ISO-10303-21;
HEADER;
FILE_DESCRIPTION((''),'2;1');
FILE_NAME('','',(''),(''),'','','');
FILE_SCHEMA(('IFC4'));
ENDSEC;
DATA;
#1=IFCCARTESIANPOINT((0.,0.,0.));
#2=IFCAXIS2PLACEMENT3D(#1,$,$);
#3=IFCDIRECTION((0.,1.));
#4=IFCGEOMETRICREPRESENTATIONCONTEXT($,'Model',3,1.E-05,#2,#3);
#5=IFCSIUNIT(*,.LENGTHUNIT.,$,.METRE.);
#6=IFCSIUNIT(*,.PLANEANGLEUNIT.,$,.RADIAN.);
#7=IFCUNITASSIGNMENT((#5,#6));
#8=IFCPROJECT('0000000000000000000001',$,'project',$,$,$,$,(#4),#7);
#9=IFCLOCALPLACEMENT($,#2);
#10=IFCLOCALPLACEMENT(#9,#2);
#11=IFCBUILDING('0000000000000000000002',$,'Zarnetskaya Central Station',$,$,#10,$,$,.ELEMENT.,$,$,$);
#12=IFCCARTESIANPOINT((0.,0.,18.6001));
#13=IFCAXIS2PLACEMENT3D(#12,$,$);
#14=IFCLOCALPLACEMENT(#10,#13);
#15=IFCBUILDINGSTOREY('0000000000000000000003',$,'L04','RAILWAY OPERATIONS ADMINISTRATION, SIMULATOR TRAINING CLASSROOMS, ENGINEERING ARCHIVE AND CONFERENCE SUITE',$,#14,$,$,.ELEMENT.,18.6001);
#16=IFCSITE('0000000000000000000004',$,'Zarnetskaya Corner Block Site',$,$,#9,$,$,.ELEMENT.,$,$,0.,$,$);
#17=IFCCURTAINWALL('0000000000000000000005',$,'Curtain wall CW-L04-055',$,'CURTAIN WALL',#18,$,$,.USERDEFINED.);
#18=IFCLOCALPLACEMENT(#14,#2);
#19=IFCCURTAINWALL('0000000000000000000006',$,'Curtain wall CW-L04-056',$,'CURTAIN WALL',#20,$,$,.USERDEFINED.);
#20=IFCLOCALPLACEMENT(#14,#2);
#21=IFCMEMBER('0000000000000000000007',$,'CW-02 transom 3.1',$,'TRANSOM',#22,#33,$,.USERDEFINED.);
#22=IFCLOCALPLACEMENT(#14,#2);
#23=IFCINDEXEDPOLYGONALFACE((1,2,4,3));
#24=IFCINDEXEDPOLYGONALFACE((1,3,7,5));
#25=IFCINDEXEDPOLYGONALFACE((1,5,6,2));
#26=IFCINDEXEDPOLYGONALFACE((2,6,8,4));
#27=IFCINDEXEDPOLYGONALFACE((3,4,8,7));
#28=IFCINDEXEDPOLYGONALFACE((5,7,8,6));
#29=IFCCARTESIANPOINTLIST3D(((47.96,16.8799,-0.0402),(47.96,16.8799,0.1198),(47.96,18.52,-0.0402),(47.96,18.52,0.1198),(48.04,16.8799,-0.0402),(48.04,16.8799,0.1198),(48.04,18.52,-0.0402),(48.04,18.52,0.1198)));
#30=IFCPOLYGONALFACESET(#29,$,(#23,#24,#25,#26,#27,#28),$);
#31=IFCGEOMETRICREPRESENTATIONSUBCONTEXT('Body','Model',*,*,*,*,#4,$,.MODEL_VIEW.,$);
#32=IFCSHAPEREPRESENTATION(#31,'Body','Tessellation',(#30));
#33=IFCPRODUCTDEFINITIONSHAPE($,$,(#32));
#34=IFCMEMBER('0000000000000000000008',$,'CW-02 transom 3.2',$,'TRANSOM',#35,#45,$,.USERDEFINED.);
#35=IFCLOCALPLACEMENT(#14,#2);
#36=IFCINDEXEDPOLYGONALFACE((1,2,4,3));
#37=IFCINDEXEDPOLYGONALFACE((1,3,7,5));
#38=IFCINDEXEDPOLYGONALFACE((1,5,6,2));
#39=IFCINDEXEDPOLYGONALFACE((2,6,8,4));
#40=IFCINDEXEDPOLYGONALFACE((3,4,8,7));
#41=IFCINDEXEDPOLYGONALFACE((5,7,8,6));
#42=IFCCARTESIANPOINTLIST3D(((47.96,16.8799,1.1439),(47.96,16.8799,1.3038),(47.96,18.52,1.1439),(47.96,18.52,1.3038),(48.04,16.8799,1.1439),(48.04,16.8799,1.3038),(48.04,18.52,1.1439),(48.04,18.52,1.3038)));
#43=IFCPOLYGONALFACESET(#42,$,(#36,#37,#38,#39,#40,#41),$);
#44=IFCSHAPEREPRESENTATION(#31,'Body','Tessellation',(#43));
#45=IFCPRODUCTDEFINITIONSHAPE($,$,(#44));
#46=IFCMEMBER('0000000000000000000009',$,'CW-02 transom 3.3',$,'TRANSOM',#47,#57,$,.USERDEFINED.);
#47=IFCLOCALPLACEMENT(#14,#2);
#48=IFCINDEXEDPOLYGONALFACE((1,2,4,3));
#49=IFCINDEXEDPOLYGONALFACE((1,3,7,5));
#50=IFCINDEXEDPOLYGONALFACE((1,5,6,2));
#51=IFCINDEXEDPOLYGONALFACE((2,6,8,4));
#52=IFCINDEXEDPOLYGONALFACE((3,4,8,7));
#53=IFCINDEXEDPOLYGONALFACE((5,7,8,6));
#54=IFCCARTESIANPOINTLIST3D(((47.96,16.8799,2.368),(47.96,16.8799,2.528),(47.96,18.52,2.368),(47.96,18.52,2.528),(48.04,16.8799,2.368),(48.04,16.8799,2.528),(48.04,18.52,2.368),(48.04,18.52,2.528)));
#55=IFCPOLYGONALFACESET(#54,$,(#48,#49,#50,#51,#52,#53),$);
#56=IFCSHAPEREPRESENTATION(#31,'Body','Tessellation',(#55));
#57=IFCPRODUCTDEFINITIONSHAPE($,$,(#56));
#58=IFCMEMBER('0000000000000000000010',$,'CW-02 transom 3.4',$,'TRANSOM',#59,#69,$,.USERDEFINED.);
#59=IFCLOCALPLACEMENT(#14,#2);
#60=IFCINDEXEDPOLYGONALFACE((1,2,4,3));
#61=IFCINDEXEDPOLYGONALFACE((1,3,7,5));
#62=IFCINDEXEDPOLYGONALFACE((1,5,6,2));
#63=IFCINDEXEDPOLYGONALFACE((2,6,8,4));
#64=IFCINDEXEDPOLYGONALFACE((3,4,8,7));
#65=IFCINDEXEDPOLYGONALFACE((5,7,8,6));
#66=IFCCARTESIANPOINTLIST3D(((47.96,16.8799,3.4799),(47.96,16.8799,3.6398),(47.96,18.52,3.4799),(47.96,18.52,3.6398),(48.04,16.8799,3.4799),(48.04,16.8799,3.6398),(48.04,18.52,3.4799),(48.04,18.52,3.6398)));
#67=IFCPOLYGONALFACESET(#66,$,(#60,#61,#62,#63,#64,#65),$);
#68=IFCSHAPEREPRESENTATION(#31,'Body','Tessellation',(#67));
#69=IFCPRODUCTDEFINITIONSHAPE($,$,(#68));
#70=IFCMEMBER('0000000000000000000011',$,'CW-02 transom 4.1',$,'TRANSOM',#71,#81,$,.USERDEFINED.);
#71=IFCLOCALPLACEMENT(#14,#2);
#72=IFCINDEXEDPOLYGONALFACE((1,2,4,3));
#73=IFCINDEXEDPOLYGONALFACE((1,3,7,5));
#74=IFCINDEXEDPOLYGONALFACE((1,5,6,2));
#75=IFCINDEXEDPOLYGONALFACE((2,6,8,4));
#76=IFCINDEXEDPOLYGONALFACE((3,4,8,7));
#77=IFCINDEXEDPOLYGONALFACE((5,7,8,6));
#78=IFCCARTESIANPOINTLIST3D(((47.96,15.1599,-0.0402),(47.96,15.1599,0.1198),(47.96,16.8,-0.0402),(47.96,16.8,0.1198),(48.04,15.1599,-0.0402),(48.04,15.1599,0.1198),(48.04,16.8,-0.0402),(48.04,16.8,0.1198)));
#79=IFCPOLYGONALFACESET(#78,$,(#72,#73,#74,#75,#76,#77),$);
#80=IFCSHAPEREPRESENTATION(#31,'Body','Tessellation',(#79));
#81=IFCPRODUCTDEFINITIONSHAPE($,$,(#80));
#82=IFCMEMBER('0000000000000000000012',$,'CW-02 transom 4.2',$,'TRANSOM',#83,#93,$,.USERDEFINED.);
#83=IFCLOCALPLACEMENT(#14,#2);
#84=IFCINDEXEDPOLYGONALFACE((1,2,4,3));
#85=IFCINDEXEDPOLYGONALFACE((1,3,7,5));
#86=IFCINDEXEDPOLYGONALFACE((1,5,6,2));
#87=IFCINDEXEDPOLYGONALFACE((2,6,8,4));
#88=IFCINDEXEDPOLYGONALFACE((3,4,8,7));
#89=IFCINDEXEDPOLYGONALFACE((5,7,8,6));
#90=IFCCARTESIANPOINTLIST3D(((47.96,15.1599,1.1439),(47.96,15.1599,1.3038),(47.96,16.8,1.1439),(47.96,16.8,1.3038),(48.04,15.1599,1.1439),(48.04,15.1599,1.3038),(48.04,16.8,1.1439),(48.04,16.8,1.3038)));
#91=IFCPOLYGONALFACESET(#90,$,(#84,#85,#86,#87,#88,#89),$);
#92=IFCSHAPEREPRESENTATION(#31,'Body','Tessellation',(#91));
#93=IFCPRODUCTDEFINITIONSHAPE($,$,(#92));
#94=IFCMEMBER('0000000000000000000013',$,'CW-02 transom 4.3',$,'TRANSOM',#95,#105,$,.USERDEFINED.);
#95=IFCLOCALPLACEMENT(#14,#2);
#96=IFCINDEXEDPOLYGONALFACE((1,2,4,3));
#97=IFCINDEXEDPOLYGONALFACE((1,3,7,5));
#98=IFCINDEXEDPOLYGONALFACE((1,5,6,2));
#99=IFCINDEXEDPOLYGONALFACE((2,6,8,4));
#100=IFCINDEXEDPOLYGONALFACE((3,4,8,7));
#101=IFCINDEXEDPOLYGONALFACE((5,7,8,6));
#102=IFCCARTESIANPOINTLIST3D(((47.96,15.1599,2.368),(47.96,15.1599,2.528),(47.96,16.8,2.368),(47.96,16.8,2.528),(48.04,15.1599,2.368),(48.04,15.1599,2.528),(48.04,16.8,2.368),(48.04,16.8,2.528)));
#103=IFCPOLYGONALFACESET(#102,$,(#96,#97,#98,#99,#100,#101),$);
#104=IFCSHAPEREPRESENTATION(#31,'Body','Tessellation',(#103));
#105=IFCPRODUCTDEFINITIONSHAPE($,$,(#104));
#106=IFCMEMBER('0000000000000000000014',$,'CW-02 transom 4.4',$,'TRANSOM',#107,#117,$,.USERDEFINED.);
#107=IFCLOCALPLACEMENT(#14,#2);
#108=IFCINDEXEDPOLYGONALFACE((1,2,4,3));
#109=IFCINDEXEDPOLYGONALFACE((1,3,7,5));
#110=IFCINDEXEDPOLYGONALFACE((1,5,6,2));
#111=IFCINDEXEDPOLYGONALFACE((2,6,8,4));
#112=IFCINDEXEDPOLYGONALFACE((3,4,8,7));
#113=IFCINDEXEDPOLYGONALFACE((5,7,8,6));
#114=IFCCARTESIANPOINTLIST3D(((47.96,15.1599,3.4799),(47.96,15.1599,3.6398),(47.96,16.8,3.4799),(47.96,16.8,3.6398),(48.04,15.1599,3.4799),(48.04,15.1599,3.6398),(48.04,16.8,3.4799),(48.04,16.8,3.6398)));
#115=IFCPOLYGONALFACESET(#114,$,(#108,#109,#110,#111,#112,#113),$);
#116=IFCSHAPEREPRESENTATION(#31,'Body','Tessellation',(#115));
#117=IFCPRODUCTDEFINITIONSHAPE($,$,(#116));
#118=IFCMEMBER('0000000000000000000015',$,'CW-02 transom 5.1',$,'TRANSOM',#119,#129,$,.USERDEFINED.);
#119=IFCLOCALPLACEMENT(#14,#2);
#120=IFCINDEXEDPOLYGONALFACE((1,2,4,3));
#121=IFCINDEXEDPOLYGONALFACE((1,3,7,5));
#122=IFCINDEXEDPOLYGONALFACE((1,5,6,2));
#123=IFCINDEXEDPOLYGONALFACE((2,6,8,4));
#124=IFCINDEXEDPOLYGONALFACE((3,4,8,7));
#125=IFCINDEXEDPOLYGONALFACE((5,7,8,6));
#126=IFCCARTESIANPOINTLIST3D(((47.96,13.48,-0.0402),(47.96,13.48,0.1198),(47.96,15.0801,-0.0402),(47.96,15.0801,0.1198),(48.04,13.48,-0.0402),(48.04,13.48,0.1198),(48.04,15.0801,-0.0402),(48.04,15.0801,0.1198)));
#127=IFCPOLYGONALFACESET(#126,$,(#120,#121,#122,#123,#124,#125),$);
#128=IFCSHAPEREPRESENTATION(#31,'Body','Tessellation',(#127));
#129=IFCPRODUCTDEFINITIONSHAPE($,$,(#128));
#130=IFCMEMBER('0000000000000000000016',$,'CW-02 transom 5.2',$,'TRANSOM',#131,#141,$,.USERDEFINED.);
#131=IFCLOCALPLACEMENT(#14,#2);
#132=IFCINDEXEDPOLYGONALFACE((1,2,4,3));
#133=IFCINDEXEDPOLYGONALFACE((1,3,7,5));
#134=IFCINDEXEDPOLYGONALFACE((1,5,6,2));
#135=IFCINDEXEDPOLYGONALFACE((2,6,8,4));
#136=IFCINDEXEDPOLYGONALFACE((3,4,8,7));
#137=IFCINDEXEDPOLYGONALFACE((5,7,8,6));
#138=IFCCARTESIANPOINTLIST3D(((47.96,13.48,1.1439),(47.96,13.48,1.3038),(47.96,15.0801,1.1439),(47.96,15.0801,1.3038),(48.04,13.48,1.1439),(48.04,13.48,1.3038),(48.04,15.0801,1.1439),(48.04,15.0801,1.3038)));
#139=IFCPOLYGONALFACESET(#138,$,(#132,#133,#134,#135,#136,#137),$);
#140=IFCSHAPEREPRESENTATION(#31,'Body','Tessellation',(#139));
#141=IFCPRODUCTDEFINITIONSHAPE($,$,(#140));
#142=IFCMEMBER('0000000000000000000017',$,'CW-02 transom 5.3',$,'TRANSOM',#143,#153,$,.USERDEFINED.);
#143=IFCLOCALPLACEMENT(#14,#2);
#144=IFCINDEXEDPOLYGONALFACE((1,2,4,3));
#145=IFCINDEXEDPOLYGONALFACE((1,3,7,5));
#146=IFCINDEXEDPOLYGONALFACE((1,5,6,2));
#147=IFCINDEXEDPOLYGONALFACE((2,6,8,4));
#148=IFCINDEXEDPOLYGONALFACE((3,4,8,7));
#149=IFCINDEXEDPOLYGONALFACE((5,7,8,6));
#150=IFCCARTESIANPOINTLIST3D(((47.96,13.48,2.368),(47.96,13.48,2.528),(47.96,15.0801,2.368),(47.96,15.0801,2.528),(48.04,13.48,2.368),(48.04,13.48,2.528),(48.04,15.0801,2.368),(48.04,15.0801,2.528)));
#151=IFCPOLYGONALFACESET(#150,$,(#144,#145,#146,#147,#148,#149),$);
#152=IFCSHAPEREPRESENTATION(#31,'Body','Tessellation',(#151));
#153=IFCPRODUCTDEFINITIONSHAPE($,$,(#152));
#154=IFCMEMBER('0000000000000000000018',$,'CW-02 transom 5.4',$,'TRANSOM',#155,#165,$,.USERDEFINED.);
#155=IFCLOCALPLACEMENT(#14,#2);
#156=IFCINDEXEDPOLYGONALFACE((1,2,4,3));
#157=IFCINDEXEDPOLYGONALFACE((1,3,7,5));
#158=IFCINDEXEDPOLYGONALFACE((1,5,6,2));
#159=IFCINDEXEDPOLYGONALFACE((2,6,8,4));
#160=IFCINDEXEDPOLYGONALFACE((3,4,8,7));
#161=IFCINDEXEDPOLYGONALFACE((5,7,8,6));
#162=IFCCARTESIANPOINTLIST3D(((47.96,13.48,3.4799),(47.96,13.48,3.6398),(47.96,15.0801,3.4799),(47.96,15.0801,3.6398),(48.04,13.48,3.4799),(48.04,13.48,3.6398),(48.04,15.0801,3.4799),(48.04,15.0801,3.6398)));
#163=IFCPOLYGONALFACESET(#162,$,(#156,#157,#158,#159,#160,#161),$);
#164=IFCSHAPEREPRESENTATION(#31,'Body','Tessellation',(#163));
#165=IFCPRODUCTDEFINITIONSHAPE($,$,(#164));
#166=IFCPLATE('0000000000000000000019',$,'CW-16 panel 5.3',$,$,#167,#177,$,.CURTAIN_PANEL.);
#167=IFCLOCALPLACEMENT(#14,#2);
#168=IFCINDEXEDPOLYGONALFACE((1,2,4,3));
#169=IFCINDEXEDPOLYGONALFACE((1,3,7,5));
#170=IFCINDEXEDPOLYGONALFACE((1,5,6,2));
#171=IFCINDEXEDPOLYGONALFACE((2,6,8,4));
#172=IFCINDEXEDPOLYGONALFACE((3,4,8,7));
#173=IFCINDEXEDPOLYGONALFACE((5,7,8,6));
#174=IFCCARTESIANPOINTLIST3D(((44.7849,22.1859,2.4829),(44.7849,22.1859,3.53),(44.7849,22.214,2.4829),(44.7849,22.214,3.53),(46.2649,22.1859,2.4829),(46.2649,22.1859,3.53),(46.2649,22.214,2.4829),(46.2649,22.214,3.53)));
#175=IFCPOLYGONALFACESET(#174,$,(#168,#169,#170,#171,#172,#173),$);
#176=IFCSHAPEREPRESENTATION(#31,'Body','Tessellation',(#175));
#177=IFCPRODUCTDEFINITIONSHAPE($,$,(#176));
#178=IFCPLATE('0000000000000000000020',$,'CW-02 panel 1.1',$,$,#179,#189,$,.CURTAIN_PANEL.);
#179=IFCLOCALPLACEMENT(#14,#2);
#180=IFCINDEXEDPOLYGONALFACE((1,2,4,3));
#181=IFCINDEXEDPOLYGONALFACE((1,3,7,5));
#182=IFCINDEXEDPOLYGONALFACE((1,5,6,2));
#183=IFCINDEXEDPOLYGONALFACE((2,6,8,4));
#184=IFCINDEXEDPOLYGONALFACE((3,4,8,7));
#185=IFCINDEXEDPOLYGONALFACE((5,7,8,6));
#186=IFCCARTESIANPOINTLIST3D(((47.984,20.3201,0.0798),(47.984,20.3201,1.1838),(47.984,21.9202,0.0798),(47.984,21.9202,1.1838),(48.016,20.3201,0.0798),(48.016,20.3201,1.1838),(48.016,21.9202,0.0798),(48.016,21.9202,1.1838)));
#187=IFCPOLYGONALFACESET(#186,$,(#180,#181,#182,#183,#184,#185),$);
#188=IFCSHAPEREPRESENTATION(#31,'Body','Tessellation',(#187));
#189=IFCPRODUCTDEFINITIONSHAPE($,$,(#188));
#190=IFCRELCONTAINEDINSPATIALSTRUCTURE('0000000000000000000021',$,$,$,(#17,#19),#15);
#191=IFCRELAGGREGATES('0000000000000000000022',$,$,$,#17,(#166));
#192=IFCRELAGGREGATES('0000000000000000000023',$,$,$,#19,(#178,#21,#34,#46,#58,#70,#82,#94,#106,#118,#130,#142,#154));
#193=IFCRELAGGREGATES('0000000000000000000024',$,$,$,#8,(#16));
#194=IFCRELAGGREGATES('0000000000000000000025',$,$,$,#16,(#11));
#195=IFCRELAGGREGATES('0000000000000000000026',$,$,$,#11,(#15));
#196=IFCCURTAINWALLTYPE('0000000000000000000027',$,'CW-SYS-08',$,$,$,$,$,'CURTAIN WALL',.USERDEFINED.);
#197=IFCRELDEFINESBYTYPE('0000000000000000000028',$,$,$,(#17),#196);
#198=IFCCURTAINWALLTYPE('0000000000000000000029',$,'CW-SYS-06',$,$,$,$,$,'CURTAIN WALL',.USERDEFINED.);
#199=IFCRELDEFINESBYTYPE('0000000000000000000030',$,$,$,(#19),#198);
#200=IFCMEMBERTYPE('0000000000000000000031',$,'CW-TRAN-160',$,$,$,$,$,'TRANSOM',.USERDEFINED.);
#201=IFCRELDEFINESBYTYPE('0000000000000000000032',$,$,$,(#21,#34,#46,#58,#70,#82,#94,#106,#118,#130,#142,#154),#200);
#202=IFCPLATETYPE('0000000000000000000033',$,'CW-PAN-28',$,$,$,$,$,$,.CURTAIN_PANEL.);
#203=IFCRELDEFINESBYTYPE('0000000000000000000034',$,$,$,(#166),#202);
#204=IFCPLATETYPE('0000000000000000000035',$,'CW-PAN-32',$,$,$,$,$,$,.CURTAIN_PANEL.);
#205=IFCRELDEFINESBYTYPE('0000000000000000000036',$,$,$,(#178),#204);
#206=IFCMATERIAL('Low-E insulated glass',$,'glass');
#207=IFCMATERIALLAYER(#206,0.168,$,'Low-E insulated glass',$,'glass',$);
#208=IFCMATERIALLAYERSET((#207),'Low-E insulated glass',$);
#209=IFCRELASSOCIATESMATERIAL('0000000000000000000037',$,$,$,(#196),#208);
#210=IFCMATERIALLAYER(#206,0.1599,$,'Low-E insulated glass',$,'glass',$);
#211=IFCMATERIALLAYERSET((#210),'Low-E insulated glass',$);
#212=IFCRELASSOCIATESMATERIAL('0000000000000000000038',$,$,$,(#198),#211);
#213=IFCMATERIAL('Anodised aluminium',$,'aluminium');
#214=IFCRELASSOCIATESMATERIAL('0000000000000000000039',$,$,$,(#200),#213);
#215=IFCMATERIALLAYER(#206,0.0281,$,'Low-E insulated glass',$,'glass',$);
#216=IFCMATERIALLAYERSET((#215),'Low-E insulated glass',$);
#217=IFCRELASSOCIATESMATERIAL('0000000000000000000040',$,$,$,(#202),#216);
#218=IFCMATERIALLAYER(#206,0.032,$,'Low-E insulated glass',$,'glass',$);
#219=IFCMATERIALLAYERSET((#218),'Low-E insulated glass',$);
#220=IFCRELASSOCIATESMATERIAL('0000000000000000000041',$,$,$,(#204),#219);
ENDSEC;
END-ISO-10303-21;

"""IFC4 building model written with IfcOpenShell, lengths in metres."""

from ifc_helpers import new_model, si_unit, direction, frame, origin, origin_2d, place, context, subcontext, project, spatial, rectangle, extrude, material, layer, layer_set, material_profile, profile_set, type_object, element, aggregate, save


model = new_model("IFC4")

# Units and contexts
model_context = context("Model", 3, precision=1e-05, world=origin(), true_north=direction((0.0, 1.0)))
body_context = subcontext(model_context, "Body", "Model", "MODEL_VIEW")
ifc_project = project(units=[si_unit("LENGTHUNIT", "METRE"), si_unit("PLANEANGLEUNIT", "RADIAN")], contexts=[model_context])

# Site, building, storey
site_placement = place(None, origin())
site = spatial("IfcSite", under=ifc_project, at=site_placement, Name="Zarnetskaya Corner Block Site", CompositionType="ELEMENT", RefElevation=0.0)
building_placement = place(site_placement, origin())
building = spatial("IfcBuilding", under=site, at=building_placement, Name="Zarnetskaya Central Station", CompositionType="ELEMENT")
storey_placement = place(building_placement, frame((0.0, 0.0, 18.6001)))
storey = spatial("IfcBuildingStorey", under=building, at=storey_placement, Name="L04", Description="RAILWAY OPERATIONS ADMINISTRATION, SIMULATOR TRAINING CLASSROOMS, ENGINEERING ARCHIVE AND CONFERENCE SUITE", CompositionType="ELEMENT", Elevation=18.6001)

# Curtain wall
ifc_material_1 = material(Name="Low-E insulated glass", Category="glass")
ifc_layer_1 = layer(ifc_material_1, 0.168, Name="Low-E insulated glass", Category="glass")
ifc_layer_set_1 = layer_set([ifc_layer_1], Name="Low-E insulated glass")
curtain_wall_type_1 = type_object("IfcCurtainWallType", Name="CW-SYS-08", ElementType="CURTAIN WALL", PredefinedType="USERDEFINED", material=ifc_layer_set_1)
curtain_wall_1_placement = place(storey_placement, origin())
curtain_wall_1 = element("IfcCurtainWall", 1, at=curtain_wall_1_placement, inside=storey, type_object=curtain_wall_type_1, Name="Curtain wall CW-L04-055", ObjectType="CURTAIN WALL", PredefinedType="USERDEFINED")
ifc_material_2 = material(Name="Anodised aluminium", Category="aluminium")

# Curtain wall, members
ifc_layer_2 = layer(ifc_material_1, 0.1599, Name="Low-E insulated glass", Category="glass")
ifc_layer_set_2 = layer_set([ifc_layer_2], Name="Low-E insulated glass")
curtain_wall_type_2 = type_object("IfcCurtainWallType", Name="CW-SYS-06", ElementType="CURTAIN WALL", PredefinedType="USERDEFINED", material=ifc_layer_set_2)
curtain_wall_2_placement = place(storey_placement, origin())
curtain_wall_2 = element("IfcCurtainWall", 2, at=curtain_wall_2_placement, inside=storey, type_object=curtain_wall_type_2, Name="Curtain wall CW-L04-056", ObjectType="CURTAIN WALL", PredefinedType="USERDEFINED")
ifc_material_profile_1 = material_profile(ifc_material_2, rectangle(XDim=0.0801, YDim=0.1599, at=origin_2d()), Name="ALU TRAN 80x160")
ifc_profile_set_1 = profile_set([ifc_material_profile_1], Name="Anodised aluminium")
member_type_1 = type_object("IfcMemberType", Name="CW-TRAN-160", ElementType="TRANSOM", PredefinedType="USERDEFINED", material=ifc_profile_set_1)
member_1_placement = place(storey_placement, frame((48.0, 18.52, 0.0398), z_axis=(0.0, -1.0, 0.0), x_axis=(1.0, 0.0, 0.0)))
member_1 = element("IfcMember", 3, at=member_1_placement, type_object=member_type_1, Name="CW-02 transom 3.1", ObjectType="TRANSOM", PredefinedType="USERDEFINED", context=body_context, shape_type="SweptSolid", body=[
    extrude(rectangle(XDim=0.0801, YDim=0.1599, at=origin_2d()), origin(), (0.0, 0.0, 1.0), 1.6401),
])
member_2_placement = place(storey_placement, frame((48.0, 18.52, 1.2239), z_axis=(0.0, -1.0, 0.0), x_axis=(1.0, 0.0, 0.0)))
member_2 = element("IfcMember", 4, at=member_2_placement, type_object=member_type_1, Name="CW-02 transom 3.2", ObjectType="TRANSOM", PredefinedType="USERDEFINED", context=body_context, shape_type="SweptSolid", body=[
    extrude(rectangle(XDim=0.0801, YDim=0.1599, at=origin_2d()), origin(), (0.0, 0.0, 1.0), 1.6401),
])
member_3_placement = place(storey_placement, frame((48.0, 18.52, 2.448), z_axis=(0.0, -1.0, 0.0), x_axis=(1.0, 0.0, 0.0)))
member_3 = element("IfcMember", 5, at=member_3_placement, type_object=member_type_1, Name="CW-02 transom 3.3", ObjectType="TRANSOM", PredefinedType="USERDEFINED", context=body_context, shape_type="SweptSolid", body=[
    extrude(rectangle(XDim=0.0801, YDim=0.1599, at=origin_2d()), origin(), (0.0, 0.0, 1.0), 1.6401),
])
member_4_placement = place(storey_placement, frame((48.0, 18.52, 3.5598), z_axis=(0.0, -1.0, 0.0), x_axis=(1.0, 0.0, 0.0)))
member_4 = element("IfcMember", 6, at=member_4_placement, type_object=member_type_1, Name="CW-02 transom 3.4", ObjectType="TRANSOM", PredefinedType="USERDEFINED", context=body_context, shape_type="SweptSolid", body=[
    extrude(rectangle(XDim=0.0801, YDim=0.1599, at=origin_2d()), origin(), (0.0, 0.0, 1.0), 1.6401),
])
member_5_placement = place(storey_placement, frame((48.0, 16.8, 0.0398), z_axis=(0.0, -1.0, 0.0), x_axis=(1.0, 0.0, 0.0)))
member_5 = element("IfcMember", 7, at=member_5_placement, type_object=member_type_1, Name="CW-02 transom 4.1", ObjectType="TRANSOM", PredefinedType="USERDEFINED", context=body_context, shape_type="SweptSolid", body=[
    extrude(rectangle(XDim=0.0801, YDim=0.1599, at=origin_2d()), origin(), (0.0, 0.0, 1.0), 1.6401),
])
member_6_placement = place(storey_placement, frame((48.0, 16.8, 1.2239), z_axis=(0.0, -1.0, 0.0), x_axis=(1.0, 0.0, 0.0)))
member_6 = element("IfcMember", 8, at=member_6_placement, type_object=member_type_1, Name="CW-02 transom 4.2", ObjectType="TRANSOM", PredefinedType="USERDEFINED", context=body_context, shape_type="SweptSolid", body=[
    extrude(rectangle(XDim=0.0801, YDim=0.1599, at=origin_2d()), origin(), (0.0, 0.0, 1.0), 1.6401),
])
member_7_placement = place(storey_placement, frame((48.0, 16.8, 2.448), z_axis=(0.0, -1.0, 0.0), x_axis=(1.0, 0.0, 0.0)))
member_7 = element("IfcMember", 9, at=member_7_placement, type_object=member_type_1, Name="CW-02 transom 4.3", ObjectType="TRANSOM", PredefinedType="USERDEFINED", context=body_context, shape_type="SweptSolid", body=[
    extrude(rectangle(XDim=0.0801, YDim=0.1599, at=origin_2d()), origin(), (0.0, 0.0, 1.0), 1.6401),
])
member_8_placement = place(storey_placement, frame((48.0, 16.8, 3.5598), z_axis=(0.0, -1.0, 0.0), x_axis=(1.0, 0.0, 0.0)))
member_8 = element("IfcMember", 10, at=member_8_placement, type_object=member_type_1, Name="CW-02 transom 4.4", ObjectType="TRANSOM", PredefinedType="USERDEFINED", context=body_context, shape_type="SweptSolid", body=[
    extrude(rectangle(XDim=0.0801, YDim=0.1599, at=origin_2d()), origin(), (0.0, 0.0, 1.0), 1.6401),
])
member_9_placement = place(storey_placement, frame((48.0, 15.0801, 0.0398), z_axis=(0.0, -1.0, 0.0), x_axis=(1.0, 0.0, 0.0)))
member_9 = element("IfcMember", 11, at=member_9_placement, type_object=member_type_1, Name="CW-02 transom 5.1", ObjectType="TRANSOM", PredefinedType="USERDEFINED", context=body_context, shape_type="SweptSolid", body=[
    extrude(rectangle(XDim=0.0801, YDim=0.1599, at=origin_2d()), origin(), (0.0, 0.0, 1.0), 1.6001),
])
member_10_placement = place(storey_placement, frame((48.0, 15.0801, 1.2239), z_axis=(0.0, -1.0, 0.0), x_axis=(1.0, 0.0, 0.0)))
member_10 = element("IfcMember", 12, at=member_10_placement, type_object=member_type_1, Name="CW-02 transom 5.2", ObjectType="TRANSOM", PredefinedType="USERDEFINED", context=body_context, shape_type="SweptSolid", body=[
    extrude(rectangle(XDim=0.0801, YDim=0.1599, at=origin_2d()), origin(), (0.0, 0.0, 1.0), 1.6001),
])
member_11_placement = place(storey_placement, frame((48.0, 15.0801, 2.448), z_axis=(0.0, -1.0, 0.0), x_axis=(1.0, 0.0, 0.0)))
member_11 = element("IfcMember", 13, at=member_11_placement, type_object=member_type_1, Name="CW-02 transom 5.3", ObjectType="TRANSOM", PredefinedType="USERDEFINED", context=body_context, shape_type="SweptSolid", body=[
    extrude(rectangle(XDim=0.0801, YDim=0.1599, at=origin_2d()), origin(), (0.0, 0.0, 1.0), 1.6001),
])
member_12_placement = place(storey_placement, frame((48.0, 15.0801, 3.5598), z_axis=(0.0, -1.0, 0.0), x_axis=(1.0, 0.0, 0.0)))
member_12 = element("IfcMember", 14, at=member_12_placement, type_object=member_type_1, Name="CW-02 transom 5.4", ObjectType="TRANSOM", PredefinedType="USERDEFINED", context=body_context, shape_type="SweptSolid", body=[
    extrude(rectangle(XDim=0.0801, YDim=0.1599, at=origin_2d()), origin(), (0.0, 0.0, 1.0), 1.6001),
])

# Plates
ifc_layer_3 = layer(ifc_material_1, 0.0281, Name="Low-E insulated glass", Category="glass")
ifc_layer_set_3 = layer_set([ifc_layer_3], Name="Low-E insulated glass")
plate_type_1 = type_object("IfcPlateType", Name="CW-PAN-28", PredefinedType="CURTAIN_PANEL", material=ifc_layer_set_3)
plate_1_placement = place(storey_placement, frame((45.5249, 22.2, 2.4829), z_axis=(0.0, 0.0, 1.0), x_axis=(1.0, 0.0, 0.0)))
plate_1 = element("IfcPlate", 15, at=plate_1_placement, type_object=plate_type_1, Name="CW-16 panel 5.3", PredefinedType="CURTAIN_PANEL", context=body_context, shape_type="SweptSolid", body=[
    extrude(rectangle(XDim=1.48, YDim=0.0281, at=origin_2d()), origin(), (0.0, 0.0, 1.0), 1.0471),
])
aggregate(curtain_wall_1, [plate_1])
ifc_layer_4 = layer(ifc_material_1, 0.032, Name="Low-E insulated glass", Category="glass")
ifc_layer_set_4 = layer_set([ifc_layer_4], Name="Low-E insulated glass")
plate_type_2 = type_object("IfcPlateType", Name="CW-PAN-32", PredefinedType="CURTAIN_PANEL", material=ifc_layer_set_4)
plate_2_placement = place(storey_placement, frame((48.0, 21.1201, 0.0798), z_axis=(0.0, 0.0, 1.0), x_axis=(0.0, -1.0, 0.0)))
plate_2 = element("IfcPlate", 16, at=plate_2_placement, type_object=plate_type_2, Name="CW-02 panel 1.1", PredefinedType="CURTAIN_PANEL", context=body_context, shape_type="SweptSolid", body=[
    extrude(rectangle(XDim=1.6001, YDim=0.032, at=origin_2d()), origin(), (0.0, 0.0, 1.0), 1.104),
])
aggregate(curtain_wall_2, [plate_2, member_1, member_2, member_3, member_4, member_5, member_6, member_7, member_8, member_9, member_10, member_11, member_12])

save(model, "model.ifc")
